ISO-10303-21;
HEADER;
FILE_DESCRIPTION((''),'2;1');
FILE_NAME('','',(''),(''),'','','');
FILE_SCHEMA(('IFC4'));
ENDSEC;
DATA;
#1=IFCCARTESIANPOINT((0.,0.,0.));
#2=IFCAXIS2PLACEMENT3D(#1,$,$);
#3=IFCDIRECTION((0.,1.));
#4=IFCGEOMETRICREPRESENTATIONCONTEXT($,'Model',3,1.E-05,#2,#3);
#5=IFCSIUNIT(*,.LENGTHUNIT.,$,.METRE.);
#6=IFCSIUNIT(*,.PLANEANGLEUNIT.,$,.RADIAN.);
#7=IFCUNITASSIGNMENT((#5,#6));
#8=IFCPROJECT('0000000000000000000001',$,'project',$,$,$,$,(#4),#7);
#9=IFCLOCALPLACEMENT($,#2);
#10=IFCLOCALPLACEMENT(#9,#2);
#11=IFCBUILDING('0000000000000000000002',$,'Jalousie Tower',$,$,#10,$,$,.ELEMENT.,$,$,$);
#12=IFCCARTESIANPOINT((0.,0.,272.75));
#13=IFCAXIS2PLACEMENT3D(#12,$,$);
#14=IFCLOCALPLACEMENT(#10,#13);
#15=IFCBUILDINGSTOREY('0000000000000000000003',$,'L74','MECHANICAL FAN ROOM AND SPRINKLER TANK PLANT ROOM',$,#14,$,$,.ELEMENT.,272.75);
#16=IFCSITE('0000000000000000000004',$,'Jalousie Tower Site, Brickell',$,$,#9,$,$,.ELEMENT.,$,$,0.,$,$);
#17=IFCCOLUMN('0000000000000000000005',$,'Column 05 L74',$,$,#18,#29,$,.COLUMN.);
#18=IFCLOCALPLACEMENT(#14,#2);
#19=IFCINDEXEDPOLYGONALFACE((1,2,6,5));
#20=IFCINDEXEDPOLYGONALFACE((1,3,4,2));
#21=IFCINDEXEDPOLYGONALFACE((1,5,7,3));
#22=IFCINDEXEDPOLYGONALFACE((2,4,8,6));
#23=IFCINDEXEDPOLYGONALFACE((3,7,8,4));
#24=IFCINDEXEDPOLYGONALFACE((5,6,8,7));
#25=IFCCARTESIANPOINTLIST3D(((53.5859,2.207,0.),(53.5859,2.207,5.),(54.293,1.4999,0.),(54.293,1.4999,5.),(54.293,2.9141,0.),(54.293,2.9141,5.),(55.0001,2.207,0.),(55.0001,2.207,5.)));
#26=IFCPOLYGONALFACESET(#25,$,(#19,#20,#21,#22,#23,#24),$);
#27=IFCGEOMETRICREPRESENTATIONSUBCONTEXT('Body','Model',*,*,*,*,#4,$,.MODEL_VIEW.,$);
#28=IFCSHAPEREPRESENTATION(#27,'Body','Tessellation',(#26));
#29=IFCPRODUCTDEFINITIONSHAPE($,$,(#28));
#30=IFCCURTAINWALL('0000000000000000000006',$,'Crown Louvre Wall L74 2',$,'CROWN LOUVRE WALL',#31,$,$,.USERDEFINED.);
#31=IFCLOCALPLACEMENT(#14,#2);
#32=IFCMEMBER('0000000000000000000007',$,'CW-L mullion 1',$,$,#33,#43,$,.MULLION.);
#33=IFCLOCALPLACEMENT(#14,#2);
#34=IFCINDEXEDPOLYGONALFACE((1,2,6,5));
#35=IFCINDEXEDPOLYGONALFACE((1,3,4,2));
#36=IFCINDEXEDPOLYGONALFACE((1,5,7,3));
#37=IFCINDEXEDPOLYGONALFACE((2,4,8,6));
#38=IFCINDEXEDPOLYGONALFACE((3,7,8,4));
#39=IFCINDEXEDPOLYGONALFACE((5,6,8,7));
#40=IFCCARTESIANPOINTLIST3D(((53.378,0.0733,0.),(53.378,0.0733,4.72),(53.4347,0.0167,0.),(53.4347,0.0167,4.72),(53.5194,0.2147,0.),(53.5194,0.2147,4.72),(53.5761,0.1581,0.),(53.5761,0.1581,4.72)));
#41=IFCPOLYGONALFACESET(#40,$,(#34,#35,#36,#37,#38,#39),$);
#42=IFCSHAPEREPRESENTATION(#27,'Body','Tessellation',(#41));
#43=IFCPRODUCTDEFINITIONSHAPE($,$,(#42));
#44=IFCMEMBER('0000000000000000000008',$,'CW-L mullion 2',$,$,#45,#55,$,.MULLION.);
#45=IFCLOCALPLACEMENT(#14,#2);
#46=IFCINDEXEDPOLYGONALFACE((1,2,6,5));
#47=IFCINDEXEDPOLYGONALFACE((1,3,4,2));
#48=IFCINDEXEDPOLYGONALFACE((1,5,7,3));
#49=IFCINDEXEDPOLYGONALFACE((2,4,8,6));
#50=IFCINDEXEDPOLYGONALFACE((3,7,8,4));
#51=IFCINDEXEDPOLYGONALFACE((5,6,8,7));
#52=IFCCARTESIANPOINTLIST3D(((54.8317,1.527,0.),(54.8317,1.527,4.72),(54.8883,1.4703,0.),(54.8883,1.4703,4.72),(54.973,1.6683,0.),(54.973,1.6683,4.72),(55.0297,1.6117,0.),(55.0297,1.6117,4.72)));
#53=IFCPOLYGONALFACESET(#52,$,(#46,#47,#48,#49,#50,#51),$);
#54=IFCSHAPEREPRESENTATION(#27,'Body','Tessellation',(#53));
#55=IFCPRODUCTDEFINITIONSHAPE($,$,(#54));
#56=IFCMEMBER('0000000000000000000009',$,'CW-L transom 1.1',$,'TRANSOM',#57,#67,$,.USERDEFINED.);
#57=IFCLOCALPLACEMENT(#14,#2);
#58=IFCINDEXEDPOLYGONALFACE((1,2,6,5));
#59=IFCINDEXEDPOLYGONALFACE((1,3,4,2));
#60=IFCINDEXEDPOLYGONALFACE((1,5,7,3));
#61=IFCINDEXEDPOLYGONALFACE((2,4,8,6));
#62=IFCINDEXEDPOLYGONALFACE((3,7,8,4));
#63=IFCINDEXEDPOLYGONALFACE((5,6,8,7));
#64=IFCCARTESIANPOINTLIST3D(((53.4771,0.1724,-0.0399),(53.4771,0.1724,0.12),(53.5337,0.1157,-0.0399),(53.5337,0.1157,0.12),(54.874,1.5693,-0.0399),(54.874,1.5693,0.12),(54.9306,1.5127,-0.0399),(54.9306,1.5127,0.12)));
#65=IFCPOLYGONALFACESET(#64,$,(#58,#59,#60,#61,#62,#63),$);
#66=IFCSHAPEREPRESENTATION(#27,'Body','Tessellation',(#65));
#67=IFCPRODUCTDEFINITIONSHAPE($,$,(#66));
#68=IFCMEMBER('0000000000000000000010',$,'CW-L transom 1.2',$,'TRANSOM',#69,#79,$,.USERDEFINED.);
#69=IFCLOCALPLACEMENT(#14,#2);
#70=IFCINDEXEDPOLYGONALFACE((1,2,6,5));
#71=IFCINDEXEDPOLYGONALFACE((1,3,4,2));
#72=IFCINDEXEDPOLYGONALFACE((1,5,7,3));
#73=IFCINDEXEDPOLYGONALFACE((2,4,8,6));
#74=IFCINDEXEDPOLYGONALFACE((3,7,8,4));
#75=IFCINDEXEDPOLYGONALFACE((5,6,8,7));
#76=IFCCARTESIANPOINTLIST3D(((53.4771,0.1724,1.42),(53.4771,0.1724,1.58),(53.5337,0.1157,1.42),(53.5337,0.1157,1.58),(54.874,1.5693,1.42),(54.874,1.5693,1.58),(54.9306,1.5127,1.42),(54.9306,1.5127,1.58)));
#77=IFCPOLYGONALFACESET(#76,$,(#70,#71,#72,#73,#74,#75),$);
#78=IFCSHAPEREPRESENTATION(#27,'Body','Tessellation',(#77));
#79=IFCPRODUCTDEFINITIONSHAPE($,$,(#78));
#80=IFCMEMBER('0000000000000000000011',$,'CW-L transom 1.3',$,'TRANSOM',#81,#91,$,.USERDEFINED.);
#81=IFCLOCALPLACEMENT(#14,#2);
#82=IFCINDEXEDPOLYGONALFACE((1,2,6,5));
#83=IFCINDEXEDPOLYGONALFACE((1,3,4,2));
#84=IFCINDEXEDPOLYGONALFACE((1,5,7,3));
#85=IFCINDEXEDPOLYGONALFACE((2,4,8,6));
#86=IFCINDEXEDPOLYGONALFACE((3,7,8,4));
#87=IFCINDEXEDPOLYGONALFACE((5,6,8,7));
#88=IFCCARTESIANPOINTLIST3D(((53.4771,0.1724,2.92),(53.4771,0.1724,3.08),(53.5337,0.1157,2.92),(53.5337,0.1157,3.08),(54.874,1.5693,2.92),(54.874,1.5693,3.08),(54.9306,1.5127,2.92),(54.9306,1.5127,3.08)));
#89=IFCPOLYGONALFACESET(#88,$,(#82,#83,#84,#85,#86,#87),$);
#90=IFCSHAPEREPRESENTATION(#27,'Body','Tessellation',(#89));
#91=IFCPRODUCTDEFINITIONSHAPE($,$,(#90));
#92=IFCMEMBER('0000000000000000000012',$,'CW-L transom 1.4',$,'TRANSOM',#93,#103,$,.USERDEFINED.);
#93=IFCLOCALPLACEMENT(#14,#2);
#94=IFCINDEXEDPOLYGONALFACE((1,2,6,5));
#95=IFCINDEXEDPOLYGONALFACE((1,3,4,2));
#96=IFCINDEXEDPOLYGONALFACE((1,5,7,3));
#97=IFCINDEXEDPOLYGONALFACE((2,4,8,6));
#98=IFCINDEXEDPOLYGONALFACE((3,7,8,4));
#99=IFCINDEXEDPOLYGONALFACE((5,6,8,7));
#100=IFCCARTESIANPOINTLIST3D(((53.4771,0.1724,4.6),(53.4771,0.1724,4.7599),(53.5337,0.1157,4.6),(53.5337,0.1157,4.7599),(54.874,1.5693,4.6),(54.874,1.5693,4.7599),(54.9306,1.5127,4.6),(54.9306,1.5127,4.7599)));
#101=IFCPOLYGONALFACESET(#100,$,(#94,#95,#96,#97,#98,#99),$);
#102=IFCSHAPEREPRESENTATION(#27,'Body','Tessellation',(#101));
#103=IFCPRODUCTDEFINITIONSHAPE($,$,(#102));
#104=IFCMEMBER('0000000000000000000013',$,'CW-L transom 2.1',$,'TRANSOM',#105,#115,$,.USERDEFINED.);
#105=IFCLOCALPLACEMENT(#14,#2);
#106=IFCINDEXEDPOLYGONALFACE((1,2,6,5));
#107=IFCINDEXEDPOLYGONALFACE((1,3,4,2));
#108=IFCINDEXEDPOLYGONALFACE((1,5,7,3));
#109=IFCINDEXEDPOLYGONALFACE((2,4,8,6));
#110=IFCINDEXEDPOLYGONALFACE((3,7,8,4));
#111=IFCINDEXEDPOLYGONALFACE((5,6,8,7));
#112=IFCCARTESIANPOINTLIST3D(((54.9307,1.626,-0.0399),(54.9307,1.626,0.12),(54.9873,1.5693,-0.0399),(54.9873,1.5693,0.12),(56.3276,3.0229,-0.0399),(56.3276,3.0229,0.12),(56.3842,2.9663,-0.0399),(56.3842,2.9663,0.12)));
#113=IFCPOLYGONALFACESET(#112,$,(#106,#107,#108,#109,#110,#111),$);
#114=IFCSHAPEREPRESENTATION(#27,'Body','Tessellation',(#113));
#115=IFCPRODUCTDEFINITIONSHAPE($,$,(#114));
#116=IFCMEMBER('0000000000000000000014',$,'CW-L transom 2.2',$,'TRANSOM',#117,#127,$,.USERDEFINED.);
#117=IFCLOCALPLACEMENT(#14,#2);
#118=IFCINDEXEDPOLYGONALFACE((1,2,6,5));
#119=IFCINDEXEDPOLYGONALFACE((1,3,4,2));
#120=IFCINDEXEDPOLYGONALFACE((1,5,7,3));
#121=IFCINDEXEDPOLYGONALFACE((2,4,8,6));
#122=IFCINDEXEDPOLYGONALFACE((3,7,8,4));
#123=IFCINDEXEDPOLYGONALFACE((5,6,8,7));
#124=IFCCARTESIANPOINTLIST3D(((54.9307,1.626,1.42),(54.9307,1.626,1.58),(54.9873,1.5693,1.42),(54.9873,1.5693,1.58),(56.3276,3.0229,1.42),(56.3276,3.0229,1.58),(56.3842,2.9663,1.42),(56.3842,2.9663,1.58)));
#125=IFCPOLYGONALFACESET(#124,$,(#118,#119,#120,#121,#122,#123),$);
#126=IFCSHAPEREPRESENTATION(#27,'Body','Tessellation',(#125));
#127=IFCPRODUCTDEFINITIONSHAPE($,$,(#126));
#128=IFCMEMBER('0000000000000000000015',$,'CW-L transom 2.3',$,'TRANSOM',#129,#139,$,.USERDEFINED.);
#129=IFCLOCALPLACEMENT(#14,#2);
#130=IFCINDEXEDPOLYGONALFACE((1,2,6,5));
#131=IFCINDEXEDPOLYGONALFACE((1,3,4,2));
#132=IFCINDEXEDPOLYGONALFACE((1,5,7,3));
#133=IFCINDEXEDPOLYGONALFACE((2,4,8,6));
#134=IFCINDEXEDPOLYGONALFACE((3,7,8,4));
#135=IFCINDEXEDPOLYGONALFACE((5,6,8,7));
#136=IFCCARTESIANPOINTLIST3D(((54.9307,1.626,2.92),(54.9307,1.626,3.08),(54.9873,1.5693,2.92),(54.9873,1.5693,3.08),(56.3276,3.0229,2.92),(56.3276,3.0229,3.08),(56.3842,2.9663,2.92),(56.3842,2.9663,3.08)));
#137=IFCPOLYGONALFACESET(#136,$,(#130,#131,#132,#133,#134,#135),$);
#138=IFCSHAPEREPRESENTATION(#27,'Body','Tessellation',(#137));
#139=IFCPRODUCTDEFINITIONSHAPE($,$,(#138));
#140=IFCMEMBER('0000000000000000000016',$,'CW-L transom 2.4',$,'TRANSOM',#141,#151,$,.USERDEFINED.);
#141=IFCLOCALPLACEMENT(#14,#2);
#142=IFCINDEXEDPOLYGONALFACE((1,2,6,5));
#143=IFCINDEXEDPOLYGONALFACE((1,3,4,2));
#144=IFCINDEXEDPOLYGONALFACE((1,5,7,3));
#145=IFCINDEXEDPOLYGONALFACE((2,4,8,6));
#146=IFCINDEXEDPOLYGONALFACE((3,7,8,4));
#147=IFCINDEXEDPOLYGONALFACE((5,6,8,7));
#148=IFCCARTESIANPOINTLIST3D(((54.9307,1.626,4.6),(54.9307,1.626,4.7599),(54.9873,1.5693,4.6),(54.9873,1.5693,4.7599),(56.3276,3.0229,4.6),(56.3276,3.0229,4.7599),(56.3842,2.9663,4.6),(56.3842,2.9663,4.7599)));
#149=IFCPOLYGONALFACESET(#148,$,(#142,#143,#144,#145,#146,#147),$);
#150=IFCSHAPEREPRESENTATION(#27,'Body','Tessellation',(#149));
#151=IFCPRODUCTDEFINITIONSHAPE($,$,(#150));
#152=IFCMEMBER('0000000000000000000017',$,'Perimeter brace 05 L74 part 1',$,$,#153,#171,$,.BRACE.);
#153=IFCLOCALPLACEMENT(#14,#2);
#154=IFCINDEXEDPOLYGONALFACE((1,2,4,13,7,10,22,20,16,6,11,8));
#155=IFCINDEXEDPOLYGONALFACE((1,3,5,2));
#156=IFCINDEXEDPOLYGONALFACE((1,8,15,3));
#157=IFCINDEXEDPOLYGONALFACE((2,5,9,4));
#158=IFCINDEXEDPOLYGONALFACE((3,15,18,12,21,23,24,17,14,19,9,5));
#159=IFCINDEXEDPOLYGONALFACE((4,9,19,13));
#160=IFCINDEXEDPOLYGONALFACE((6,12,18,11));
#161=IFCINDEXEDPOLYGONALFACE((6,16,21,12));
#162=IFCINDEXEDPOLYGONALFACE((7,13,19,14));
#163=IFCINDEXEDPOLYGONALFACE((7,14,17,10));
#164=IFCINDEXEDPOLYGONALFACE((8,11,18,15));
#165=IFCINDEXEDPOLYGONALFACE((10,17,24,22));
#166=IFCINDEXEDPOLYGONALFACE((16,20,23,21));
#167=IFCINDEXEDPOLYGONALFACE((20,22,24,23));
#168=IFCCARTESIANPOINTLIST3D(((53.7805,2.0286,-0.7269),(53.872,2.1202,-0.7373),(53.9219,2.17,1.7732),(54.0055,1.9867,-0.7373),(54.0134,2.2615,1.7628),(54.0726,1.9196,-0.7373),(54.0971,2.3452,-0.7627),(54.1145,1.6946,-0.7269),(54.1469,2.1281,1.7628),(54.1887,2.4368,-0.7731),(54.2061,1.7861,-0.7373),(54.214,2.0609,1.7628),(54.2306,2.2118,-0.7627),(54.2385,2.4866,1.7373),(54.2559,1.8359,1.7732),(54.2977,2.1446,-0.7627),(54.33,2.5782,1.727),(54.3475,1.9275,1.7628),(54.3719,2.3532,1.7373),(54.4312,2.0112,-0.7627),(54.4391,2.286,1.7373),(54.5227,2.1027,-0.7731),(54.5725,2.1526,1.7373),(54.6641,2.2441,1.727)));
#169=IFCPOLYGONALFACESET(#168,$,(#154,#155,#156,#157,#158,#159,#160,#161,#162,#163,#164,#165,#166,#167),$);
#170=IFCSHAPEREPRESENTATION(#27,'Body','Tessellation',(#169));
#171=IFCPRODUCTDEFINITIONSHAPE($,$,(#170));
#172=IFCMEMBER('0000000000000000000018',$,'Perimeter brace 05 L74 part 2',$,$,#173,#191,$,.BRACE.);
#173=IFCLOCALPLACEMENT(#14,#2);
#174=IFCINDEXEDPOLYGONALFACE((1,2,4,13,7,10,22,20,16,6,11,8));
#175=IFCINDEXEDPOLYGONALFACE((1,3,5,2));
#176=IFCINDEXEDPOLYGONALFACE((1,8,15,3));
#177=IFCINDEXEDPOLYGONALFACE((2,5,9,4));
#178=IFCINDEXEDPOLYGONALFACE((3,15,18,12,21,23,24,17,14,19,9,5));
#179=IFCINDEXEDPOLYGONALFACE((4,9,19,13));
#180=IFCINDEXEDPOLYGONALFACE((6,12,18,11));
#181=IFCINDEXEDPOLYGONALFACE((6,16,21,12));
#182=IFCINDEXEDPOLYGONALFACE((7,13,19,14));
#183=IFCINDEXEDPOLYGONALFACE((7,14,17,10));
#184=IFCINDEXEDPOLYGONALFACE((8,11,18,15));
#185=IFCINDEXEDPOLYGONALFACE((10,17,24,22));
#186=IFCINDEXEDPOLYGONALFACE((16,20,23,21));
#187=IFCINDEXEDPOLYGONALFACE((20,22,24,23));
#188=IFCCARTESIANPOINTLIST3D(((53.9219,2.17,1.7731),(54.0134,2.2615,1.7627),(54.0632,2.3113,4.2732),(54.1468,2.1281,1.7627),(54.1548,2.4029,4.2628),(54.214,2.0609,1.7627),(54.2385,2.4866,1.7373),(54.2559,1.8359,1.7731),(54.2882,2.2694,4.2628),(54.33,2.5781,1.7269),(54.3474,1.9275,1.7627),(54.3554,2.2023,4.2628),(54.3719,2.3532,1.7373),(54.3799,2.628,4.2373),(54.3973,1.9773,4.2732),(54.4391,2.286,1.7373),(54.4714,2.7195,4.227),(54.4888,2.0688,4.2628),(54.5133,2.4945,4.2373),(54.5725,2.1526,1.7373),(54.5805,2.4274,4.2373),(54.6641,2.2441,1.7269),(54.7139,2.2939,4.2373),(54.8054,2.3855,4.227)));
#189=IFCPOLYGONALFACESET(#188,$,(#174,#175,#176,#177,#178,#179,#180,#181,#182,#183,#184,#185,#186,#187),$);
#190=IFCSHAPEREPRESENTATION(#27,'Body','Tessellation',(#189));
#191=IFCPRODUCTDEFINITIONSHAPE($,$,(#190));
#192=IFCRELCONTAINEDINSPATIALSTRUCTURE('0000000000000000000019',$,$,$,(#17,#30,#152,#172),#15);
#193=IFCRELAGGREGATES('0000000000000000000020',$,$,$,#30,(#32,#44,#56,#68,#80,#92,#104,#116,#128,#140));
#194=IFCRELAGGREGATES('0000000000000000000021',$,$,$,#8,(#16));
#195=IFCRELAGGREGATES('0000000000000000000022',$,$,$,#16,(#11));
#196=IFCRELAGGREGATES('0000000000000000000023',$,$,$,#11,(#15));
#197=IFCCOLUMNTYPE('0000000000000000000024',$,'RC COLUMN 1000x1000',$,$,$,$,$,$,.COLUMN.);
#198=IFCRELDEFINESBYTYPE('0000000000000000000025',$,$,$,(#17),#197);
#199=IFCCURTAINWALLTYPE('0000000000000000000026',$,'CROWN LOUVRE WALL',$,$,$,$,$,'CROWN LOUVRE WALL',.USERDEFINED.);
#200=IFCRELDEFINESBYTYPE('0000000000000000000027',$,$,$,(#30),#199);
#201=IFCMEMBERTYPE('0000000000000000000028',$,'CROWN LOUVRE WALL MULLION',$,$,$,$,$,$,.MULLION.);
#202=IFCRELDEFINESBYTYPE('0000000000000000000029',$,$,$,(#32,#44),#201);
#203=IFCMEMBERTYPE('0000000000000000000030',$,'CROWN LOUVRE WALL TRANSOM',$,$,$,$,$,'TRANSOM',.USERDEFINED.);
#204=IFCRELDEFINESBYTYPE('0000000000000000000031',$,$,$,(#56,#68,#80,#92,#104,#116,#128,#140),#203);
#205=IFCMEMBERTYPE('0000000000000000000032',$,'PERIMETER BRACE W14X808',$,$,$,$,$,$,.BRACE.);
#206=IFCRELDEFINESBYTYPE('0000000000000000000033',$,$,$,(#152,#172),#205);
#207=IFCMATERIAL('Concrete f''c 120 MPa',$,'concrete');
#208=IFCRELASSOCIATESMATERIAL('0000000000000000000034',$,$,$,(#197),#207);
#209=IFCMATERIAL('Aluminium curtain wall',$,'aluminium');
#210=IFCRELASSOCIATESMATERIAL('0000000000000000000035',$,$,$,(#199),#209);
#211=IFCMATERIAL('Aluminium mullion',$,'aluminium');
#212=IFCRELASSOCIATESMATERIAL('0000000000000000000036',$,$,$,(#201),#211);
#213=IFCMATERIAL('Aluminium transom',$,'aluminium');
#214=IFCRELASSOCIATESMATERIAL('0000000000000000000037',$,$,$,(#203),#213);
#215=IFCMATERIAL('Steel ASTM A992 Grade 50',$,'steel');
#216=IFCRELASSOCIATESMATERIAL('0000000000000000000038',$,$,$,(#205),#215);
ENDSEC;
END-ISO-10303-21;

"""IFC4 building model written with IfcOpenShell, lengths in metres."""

from ifc_helpers import new_model, si_unit, direction, frame, origin, origin_2d, place, context, subcontext, project, spatial, rectangle, i_section, extrude, material, material_profile, profile_set, type_object, element, aggregate, save


model = new_model("IFC4")

# Units and contexts
model_context = context("Model", 3, precision=1e-05, world=origin(), true_north=direction((0.0, 1.0)))
body_context = subcontext(model_context, "Body", "Model", "MODEL_VIEW")
ifc_project = project(units=[si_unit("LENGTHUNIT", "METRE"), si_unit("PLANEANGLEUNIT", "RADIAN")], contexts=[model_context])

# Site, building, storey
site_placement = place(None, origin())
site = spatial("IfcSite", under=ifc_project, at=site_placement, Name="Jalousie Tower Site, Brickell", CompositionType="ELEMENT", RefElevation=0.0)
building_placement = place(site_placement, origin())
building = spatial("IfcBuilding", under=site, at=building_placement, Name="Jalousie Tower", CompositionType="ELEMENT")
storey_placement = place(building_placement, frame((0.0, 0.0, 272.75)))
storey = spatial("IfcBuildingStorey", under=building, at=storey_placement, Name="L74", Description="MECHANICAL FAN ROOM AND SPRINKLER TANK PLANT ROOM", CompositionType="ELEMENT", Elevation=272.75)

# Column
ifc_material_1 = material(Name="Concrete f'c 120 MPa", Category="concrete")
ifc_material_profile_1 = material_profile(ifc_material_1, rectangle(XDim=1.0, YDim=1.0, at=origin_2d()), Name="RC 1000x1000")
ifc_profile_set_1 = profile_set([ifc_material_profile_1], Name="Concrete f'c 120 MPa")
column_type = type_object("IfcColumnType", Name="RC COLUMN 1000x1000", PredefinedType="COLUMN", material=ifc_profile_set_1)
column_placement = place(storey_placement, frame((54.293, 2.207, 0.0), z_axis=(0.0, 0.0, 1.0), x_axis=(0.707107, 0.707107, 0.0)))
element("IfcColumn", 1, at=column_placement, inside=storey, type_object=column_type, Name="Column 05 L74", PredefinedType="COLUMN", context=body_context, shape_type="SweptSolid", body=[
    extrude(rectangle(XDim=1.0, YDim=1.0, at=origin_2d()), origin(), (0.0, 0.0, 1.0), 5.0),
])

# Curtain wall, members
ifc_material_2 = material(Name="Aluminium curtain wall", Category="aluminium")
curtain_wall_type = type_object("IfcCurtainWallType", Name="CROWN LOUVRE WALL", ElementType="CROWN LOUVRE WALL", PredefinedType="USERDEFINED", material=ifc_material_2)
curtain_wall_placement = place(storey_placement, origin())
curtain_wall = element("IfcCurtainWall", 2, at=curtain_wall_placement, inside=storey, type_object=curtain_wall_type, Name="Crown Louvre Wall L74 2", ObjectType="CROWN LOUVRE WALL", PredefinedType="USERDEFINED")
ifc_material_3 = material(Name="Aluminium mullion", Category="aluminium")
ifc_material_profile_2 = material_profile(ifc_material_3, rectangle(XDim=0.0801, YDim=0.2, at=origin_2d()), Name="MULLION 80x200")
ifc_profile_set_2 = profile_set([ifc_material_profile_2], Name="Aluminium mullion")
member_type_1 = type_object("IfcMemberType", Name="CROWN LOUVRE WALL MULLION", PredefinedType="MULLION", material=ifc_profile_set_2)
member_1_placement = place(storey_placement, frame((53.4771, 0.1157, 0.0), z_axis=(0.0, 0.0, 1.0), x_axis=(-0.707107, 0.707107, 0.0)))
member_1 = element("IfcMember", 3, at=member_1_placement, type_object=member_type_1, Name="CW-L mullion 1", PredefinedType="MULLION", context=body_context, shape_type="SweptSolid", body=[
    extrude(rectangle(XDim=0.0801, YDim=0.2, at=origin_2d()), origin(), (0.0, 0.0, 1.0), 4.72),
])
member_2_placement = place(storey_placement, frame((54.9307, 1.5693, 0.0), z_axis=(0.0, 0.0, 1.0), x_axis=(-0.707107, 0.707107, 0.0)))
member_2 = element("IfcMember", 4, at=member_2_placement, type_object=member_type_1, Name="CW-L mullion 2", PredefinedType="MULLION", context=body_context, shape_type="SweptSolid", body=[
    extrude(rectangle(XDim=0.0801, YDim=0.2, at=origin_2d()), origin(), (0.0, 0.0, 1.0), 4.72),
])
ifc_material_4 = material(Name="Aluminium transom", Category="aluminium")
ifc_material_profile_3 = material_profile(ifc_material_4, rectangle(XDim=0.0801, YDim=0.1599, at=origin_2d()), Name="TRANSOM 80x160")
ifc_profile_set_3 = profile_set([ifc_material_profile_3], Name="Aluminium transom")
member_type_2 = type_object("IfcMemberType", Name="CROWN LOUVRE WALL TRANSOM", ElementType="TRANSOM", PredefinedType="USERDEFINED", material=ifc_profile_set_3)
member_3_placement = place(storey_placement, frame((53.5054, 0.144, 0.04), z_axis=(0.707107, 0.707107, 0.0), x_axis=(-0.707107, 0.707107, 0.0)))
member_3 = element("IfcMember", 5, at=member_3_placement, type_object=member_type_2, Name="CW-L transom 1.1", ObjectType="TRANSOM", PredefinedType="USERDEFINED", context=body_context, shape_type="SweptSolid", body=[
    extrude(rectangle(XDim=0.0801, YDim=0.1599, at=origin_2d()), origin(), (0.0, 0.0, 1.0), 1.9756),
])
member_4_placement = place(storey_placement, frame((53.5054, 0.144, 1.5), z_axis=(0.707107, 0.707107, 0.0), x_axis=(-0.707107, 0.707107, 0.0)))
member_4 = element("IfcMember", 6, at=member_4_placement, type_object=member_type_2, Name="CW-L transom 1.2", ObjectType="TRANSOM", PredefinedType="USERDEFINED", context=body_context, shape_type="SweptSolid", body=[
    extrude(rectangle(XDim=0.0801, YDim=0.1599, at=origin_2d()), origin(), (0.0, 0.0, 1.0), 1.9756),
])
member_5_placement = place(storey_placement, frame((53.5054, 0.144, 3.0), z_axis=(0.707107, 0.707107, 0.0), x_axis=(-0.707107, 0.707107, 0.0)))
member_5 = element("IfcMember", 7, at=member_5_placement, type_object=member_type_2, Name="CW-L transom 1.3", ObjectType="TRANSOM", PredefinedType="USERDEFINED", context=body_context, shape_type="SweptSolid", body=[
    extrude(rectangle(XDim=0.0801, YDim=0.1599, at=origin_2d()), origin(), (0.0, 0.0, 1.0), 1.9756),
])
member_6_placement = place(storey_placement, frame((53.5054, 0.144, 4.6799), z_axis=(0.707107, 0.707107, 0.0), x_axis=(-0.707107, 0.707107, 0.0)))
member_6 = element("IfcMember", 8, at=member_6_placement, type_object=member_type_2, Name="CW-L transom 1.4", ObjectType="TRANSOM", PredefinedType="USERDEFINED", context=body_context, shape_type="SweptSolid", body=[
    extrude(rectangle(XDim=0.0801, YDim=0.1599, at=origin_2d()), origin(), (0.0, 0.0, 1.0), 1.9756),
])
member_7_placement = place(storey_placement, frame((54.959, 1.5977, 0.04), z_axis=(0.707107, 0.707107, 0.0), x_axis=(-0.707107, 0.707107, 0.0)))
member_7 = element("IfcMember", 9, at=member_7_placement, type_object=member_type_2, Name="CW-L transom 2.1", ObjectType="TRANSOM", PredefinedType="USERDEFINED", context=body_context, shape_type="SweptSolid", body=[
    extrude(rectangle(XDim=0.0801, YDim=0.1599, at=origin_2d()), origin(), (0.0, 0.0, 1.0), 1.9756),
])
member_8_placement = place(storey_placement, frame((54.959, 1.5977, 1.5), z_axis=(0.707107, 0.707107, 0.0), x_axis=(-0.707107, 0.707107, 0.0)))
member_8 = element("IfcMember", 10, at=member_8_placement, type_object=member_type_2, Name="CW-L transom 2.2", ObjectType="TRANSOM", PredefinedType="USERDEFINED", context=body_context, shape_type="SweptSolid", body=[
    extrude(rectangle(XDim=0.0801, YDim=0.1599, at=origin_2d()), origin(), (0.0, 0.0, 1.0), 1.9756),
])
member_9_placement = place(storey_placement, frame((54.959, 1.5977, 3.0), z_axis=(0.707107, 0.707107, 0.0), x_axis=(-0.707107, 0.707107, 0.0)))
member_9 = element("IfcMember", 11, at=member_9_placement, type_object=member_type_2, Name="CW-L transom 2.3", ObjectType="TRANSOM", PredefinedType="USERDEFINED", context=body_context, shape_type="SweptSolid", body=[
    extrude(rectangle(XDim=0.0801, YDim=0.1599, at=origin_2d()), origin(), (0.0, 0.0, 1.0), 1.9756),
])
member_10_placement = place(storey_placement, frame((54.959, 1.5977, 4.6799), z_axis=(0.707107, 0.707107, 0.0), x_axis=(-0.707107, 0.707107, 0.0)))
member_10 = element("IfcMember", 12, at=member_10_placement, type_object=member_type_2, Name="CW-L transom 2.4", ObjectType="TRANSOM", PredefinedType="USERDEFINED", context=body_context, shape_type="SweptSolid", body=[
    extrude(rectangle(XDim=0.0801, YDim=0.1599, at=origin_2d()), origin(), (0.0, 0.0, 1.0), 1.9756),
])

# Members
ifc_material_5 = material(Name="Steel ASTM A992 Grade 50", Category="steel")
ifc_material_profile_4 = material_profile(ifc_material_5, i_section(OverallWidth=0.4724, OverallDepth=0.5791, WebThickness=0.095, FlangeThickness=0.1299, at=origin_2d()), Name="W14X808")
ifc_profile_set_4 = profile_set([ifc_material_profile_4], Name="Steel ASTM A992 Grade 50")
member_type_3 = type_object("IfcMemberType", Name="PERIMETER BRACE W14X808", PredefinedType="BRACE", material=ifc_profile_set_4)
for number, where, z_axis, x_axis, name in (
    (13, (54.1516, 2.0657, -0.75), (0.056363, 0.056363, 0.996818), (-0.707107, 0.707107, 0.0), "Perimeter brace 05 L74 part 1"),
    (14, (54.293, 2.207, 1.75), (0.056363, 0.056363, 0.996818), (-0.707107, 0.707107, 0.0), "Perimeter brace 05 L74 part 2"),
):
    element("IfcMember", number, at=place(storey_placement, frame(where, z_axis=z_axis, x_axis=x_axis)), inside=storey, type_object=member_type_3, Name=name, PredefinedType="BRACE", context=body_context, shape_type="SweptSolid", body=[
        extrude(i_section(OverallWidth=0.4724, OverallDepth=0.5791, WebThickness=0.095, FlangeThickness=0.1299, at=origin_2d()), origin(), (0.0, 0.0, 1.0), 2.5081),
    ])

aggregate(curtain_wall, [member_1, member_2, member_3, member_4, member_5, member_6, member_7, member_8, member_9, member_10])

save(model, "model.ifc")
